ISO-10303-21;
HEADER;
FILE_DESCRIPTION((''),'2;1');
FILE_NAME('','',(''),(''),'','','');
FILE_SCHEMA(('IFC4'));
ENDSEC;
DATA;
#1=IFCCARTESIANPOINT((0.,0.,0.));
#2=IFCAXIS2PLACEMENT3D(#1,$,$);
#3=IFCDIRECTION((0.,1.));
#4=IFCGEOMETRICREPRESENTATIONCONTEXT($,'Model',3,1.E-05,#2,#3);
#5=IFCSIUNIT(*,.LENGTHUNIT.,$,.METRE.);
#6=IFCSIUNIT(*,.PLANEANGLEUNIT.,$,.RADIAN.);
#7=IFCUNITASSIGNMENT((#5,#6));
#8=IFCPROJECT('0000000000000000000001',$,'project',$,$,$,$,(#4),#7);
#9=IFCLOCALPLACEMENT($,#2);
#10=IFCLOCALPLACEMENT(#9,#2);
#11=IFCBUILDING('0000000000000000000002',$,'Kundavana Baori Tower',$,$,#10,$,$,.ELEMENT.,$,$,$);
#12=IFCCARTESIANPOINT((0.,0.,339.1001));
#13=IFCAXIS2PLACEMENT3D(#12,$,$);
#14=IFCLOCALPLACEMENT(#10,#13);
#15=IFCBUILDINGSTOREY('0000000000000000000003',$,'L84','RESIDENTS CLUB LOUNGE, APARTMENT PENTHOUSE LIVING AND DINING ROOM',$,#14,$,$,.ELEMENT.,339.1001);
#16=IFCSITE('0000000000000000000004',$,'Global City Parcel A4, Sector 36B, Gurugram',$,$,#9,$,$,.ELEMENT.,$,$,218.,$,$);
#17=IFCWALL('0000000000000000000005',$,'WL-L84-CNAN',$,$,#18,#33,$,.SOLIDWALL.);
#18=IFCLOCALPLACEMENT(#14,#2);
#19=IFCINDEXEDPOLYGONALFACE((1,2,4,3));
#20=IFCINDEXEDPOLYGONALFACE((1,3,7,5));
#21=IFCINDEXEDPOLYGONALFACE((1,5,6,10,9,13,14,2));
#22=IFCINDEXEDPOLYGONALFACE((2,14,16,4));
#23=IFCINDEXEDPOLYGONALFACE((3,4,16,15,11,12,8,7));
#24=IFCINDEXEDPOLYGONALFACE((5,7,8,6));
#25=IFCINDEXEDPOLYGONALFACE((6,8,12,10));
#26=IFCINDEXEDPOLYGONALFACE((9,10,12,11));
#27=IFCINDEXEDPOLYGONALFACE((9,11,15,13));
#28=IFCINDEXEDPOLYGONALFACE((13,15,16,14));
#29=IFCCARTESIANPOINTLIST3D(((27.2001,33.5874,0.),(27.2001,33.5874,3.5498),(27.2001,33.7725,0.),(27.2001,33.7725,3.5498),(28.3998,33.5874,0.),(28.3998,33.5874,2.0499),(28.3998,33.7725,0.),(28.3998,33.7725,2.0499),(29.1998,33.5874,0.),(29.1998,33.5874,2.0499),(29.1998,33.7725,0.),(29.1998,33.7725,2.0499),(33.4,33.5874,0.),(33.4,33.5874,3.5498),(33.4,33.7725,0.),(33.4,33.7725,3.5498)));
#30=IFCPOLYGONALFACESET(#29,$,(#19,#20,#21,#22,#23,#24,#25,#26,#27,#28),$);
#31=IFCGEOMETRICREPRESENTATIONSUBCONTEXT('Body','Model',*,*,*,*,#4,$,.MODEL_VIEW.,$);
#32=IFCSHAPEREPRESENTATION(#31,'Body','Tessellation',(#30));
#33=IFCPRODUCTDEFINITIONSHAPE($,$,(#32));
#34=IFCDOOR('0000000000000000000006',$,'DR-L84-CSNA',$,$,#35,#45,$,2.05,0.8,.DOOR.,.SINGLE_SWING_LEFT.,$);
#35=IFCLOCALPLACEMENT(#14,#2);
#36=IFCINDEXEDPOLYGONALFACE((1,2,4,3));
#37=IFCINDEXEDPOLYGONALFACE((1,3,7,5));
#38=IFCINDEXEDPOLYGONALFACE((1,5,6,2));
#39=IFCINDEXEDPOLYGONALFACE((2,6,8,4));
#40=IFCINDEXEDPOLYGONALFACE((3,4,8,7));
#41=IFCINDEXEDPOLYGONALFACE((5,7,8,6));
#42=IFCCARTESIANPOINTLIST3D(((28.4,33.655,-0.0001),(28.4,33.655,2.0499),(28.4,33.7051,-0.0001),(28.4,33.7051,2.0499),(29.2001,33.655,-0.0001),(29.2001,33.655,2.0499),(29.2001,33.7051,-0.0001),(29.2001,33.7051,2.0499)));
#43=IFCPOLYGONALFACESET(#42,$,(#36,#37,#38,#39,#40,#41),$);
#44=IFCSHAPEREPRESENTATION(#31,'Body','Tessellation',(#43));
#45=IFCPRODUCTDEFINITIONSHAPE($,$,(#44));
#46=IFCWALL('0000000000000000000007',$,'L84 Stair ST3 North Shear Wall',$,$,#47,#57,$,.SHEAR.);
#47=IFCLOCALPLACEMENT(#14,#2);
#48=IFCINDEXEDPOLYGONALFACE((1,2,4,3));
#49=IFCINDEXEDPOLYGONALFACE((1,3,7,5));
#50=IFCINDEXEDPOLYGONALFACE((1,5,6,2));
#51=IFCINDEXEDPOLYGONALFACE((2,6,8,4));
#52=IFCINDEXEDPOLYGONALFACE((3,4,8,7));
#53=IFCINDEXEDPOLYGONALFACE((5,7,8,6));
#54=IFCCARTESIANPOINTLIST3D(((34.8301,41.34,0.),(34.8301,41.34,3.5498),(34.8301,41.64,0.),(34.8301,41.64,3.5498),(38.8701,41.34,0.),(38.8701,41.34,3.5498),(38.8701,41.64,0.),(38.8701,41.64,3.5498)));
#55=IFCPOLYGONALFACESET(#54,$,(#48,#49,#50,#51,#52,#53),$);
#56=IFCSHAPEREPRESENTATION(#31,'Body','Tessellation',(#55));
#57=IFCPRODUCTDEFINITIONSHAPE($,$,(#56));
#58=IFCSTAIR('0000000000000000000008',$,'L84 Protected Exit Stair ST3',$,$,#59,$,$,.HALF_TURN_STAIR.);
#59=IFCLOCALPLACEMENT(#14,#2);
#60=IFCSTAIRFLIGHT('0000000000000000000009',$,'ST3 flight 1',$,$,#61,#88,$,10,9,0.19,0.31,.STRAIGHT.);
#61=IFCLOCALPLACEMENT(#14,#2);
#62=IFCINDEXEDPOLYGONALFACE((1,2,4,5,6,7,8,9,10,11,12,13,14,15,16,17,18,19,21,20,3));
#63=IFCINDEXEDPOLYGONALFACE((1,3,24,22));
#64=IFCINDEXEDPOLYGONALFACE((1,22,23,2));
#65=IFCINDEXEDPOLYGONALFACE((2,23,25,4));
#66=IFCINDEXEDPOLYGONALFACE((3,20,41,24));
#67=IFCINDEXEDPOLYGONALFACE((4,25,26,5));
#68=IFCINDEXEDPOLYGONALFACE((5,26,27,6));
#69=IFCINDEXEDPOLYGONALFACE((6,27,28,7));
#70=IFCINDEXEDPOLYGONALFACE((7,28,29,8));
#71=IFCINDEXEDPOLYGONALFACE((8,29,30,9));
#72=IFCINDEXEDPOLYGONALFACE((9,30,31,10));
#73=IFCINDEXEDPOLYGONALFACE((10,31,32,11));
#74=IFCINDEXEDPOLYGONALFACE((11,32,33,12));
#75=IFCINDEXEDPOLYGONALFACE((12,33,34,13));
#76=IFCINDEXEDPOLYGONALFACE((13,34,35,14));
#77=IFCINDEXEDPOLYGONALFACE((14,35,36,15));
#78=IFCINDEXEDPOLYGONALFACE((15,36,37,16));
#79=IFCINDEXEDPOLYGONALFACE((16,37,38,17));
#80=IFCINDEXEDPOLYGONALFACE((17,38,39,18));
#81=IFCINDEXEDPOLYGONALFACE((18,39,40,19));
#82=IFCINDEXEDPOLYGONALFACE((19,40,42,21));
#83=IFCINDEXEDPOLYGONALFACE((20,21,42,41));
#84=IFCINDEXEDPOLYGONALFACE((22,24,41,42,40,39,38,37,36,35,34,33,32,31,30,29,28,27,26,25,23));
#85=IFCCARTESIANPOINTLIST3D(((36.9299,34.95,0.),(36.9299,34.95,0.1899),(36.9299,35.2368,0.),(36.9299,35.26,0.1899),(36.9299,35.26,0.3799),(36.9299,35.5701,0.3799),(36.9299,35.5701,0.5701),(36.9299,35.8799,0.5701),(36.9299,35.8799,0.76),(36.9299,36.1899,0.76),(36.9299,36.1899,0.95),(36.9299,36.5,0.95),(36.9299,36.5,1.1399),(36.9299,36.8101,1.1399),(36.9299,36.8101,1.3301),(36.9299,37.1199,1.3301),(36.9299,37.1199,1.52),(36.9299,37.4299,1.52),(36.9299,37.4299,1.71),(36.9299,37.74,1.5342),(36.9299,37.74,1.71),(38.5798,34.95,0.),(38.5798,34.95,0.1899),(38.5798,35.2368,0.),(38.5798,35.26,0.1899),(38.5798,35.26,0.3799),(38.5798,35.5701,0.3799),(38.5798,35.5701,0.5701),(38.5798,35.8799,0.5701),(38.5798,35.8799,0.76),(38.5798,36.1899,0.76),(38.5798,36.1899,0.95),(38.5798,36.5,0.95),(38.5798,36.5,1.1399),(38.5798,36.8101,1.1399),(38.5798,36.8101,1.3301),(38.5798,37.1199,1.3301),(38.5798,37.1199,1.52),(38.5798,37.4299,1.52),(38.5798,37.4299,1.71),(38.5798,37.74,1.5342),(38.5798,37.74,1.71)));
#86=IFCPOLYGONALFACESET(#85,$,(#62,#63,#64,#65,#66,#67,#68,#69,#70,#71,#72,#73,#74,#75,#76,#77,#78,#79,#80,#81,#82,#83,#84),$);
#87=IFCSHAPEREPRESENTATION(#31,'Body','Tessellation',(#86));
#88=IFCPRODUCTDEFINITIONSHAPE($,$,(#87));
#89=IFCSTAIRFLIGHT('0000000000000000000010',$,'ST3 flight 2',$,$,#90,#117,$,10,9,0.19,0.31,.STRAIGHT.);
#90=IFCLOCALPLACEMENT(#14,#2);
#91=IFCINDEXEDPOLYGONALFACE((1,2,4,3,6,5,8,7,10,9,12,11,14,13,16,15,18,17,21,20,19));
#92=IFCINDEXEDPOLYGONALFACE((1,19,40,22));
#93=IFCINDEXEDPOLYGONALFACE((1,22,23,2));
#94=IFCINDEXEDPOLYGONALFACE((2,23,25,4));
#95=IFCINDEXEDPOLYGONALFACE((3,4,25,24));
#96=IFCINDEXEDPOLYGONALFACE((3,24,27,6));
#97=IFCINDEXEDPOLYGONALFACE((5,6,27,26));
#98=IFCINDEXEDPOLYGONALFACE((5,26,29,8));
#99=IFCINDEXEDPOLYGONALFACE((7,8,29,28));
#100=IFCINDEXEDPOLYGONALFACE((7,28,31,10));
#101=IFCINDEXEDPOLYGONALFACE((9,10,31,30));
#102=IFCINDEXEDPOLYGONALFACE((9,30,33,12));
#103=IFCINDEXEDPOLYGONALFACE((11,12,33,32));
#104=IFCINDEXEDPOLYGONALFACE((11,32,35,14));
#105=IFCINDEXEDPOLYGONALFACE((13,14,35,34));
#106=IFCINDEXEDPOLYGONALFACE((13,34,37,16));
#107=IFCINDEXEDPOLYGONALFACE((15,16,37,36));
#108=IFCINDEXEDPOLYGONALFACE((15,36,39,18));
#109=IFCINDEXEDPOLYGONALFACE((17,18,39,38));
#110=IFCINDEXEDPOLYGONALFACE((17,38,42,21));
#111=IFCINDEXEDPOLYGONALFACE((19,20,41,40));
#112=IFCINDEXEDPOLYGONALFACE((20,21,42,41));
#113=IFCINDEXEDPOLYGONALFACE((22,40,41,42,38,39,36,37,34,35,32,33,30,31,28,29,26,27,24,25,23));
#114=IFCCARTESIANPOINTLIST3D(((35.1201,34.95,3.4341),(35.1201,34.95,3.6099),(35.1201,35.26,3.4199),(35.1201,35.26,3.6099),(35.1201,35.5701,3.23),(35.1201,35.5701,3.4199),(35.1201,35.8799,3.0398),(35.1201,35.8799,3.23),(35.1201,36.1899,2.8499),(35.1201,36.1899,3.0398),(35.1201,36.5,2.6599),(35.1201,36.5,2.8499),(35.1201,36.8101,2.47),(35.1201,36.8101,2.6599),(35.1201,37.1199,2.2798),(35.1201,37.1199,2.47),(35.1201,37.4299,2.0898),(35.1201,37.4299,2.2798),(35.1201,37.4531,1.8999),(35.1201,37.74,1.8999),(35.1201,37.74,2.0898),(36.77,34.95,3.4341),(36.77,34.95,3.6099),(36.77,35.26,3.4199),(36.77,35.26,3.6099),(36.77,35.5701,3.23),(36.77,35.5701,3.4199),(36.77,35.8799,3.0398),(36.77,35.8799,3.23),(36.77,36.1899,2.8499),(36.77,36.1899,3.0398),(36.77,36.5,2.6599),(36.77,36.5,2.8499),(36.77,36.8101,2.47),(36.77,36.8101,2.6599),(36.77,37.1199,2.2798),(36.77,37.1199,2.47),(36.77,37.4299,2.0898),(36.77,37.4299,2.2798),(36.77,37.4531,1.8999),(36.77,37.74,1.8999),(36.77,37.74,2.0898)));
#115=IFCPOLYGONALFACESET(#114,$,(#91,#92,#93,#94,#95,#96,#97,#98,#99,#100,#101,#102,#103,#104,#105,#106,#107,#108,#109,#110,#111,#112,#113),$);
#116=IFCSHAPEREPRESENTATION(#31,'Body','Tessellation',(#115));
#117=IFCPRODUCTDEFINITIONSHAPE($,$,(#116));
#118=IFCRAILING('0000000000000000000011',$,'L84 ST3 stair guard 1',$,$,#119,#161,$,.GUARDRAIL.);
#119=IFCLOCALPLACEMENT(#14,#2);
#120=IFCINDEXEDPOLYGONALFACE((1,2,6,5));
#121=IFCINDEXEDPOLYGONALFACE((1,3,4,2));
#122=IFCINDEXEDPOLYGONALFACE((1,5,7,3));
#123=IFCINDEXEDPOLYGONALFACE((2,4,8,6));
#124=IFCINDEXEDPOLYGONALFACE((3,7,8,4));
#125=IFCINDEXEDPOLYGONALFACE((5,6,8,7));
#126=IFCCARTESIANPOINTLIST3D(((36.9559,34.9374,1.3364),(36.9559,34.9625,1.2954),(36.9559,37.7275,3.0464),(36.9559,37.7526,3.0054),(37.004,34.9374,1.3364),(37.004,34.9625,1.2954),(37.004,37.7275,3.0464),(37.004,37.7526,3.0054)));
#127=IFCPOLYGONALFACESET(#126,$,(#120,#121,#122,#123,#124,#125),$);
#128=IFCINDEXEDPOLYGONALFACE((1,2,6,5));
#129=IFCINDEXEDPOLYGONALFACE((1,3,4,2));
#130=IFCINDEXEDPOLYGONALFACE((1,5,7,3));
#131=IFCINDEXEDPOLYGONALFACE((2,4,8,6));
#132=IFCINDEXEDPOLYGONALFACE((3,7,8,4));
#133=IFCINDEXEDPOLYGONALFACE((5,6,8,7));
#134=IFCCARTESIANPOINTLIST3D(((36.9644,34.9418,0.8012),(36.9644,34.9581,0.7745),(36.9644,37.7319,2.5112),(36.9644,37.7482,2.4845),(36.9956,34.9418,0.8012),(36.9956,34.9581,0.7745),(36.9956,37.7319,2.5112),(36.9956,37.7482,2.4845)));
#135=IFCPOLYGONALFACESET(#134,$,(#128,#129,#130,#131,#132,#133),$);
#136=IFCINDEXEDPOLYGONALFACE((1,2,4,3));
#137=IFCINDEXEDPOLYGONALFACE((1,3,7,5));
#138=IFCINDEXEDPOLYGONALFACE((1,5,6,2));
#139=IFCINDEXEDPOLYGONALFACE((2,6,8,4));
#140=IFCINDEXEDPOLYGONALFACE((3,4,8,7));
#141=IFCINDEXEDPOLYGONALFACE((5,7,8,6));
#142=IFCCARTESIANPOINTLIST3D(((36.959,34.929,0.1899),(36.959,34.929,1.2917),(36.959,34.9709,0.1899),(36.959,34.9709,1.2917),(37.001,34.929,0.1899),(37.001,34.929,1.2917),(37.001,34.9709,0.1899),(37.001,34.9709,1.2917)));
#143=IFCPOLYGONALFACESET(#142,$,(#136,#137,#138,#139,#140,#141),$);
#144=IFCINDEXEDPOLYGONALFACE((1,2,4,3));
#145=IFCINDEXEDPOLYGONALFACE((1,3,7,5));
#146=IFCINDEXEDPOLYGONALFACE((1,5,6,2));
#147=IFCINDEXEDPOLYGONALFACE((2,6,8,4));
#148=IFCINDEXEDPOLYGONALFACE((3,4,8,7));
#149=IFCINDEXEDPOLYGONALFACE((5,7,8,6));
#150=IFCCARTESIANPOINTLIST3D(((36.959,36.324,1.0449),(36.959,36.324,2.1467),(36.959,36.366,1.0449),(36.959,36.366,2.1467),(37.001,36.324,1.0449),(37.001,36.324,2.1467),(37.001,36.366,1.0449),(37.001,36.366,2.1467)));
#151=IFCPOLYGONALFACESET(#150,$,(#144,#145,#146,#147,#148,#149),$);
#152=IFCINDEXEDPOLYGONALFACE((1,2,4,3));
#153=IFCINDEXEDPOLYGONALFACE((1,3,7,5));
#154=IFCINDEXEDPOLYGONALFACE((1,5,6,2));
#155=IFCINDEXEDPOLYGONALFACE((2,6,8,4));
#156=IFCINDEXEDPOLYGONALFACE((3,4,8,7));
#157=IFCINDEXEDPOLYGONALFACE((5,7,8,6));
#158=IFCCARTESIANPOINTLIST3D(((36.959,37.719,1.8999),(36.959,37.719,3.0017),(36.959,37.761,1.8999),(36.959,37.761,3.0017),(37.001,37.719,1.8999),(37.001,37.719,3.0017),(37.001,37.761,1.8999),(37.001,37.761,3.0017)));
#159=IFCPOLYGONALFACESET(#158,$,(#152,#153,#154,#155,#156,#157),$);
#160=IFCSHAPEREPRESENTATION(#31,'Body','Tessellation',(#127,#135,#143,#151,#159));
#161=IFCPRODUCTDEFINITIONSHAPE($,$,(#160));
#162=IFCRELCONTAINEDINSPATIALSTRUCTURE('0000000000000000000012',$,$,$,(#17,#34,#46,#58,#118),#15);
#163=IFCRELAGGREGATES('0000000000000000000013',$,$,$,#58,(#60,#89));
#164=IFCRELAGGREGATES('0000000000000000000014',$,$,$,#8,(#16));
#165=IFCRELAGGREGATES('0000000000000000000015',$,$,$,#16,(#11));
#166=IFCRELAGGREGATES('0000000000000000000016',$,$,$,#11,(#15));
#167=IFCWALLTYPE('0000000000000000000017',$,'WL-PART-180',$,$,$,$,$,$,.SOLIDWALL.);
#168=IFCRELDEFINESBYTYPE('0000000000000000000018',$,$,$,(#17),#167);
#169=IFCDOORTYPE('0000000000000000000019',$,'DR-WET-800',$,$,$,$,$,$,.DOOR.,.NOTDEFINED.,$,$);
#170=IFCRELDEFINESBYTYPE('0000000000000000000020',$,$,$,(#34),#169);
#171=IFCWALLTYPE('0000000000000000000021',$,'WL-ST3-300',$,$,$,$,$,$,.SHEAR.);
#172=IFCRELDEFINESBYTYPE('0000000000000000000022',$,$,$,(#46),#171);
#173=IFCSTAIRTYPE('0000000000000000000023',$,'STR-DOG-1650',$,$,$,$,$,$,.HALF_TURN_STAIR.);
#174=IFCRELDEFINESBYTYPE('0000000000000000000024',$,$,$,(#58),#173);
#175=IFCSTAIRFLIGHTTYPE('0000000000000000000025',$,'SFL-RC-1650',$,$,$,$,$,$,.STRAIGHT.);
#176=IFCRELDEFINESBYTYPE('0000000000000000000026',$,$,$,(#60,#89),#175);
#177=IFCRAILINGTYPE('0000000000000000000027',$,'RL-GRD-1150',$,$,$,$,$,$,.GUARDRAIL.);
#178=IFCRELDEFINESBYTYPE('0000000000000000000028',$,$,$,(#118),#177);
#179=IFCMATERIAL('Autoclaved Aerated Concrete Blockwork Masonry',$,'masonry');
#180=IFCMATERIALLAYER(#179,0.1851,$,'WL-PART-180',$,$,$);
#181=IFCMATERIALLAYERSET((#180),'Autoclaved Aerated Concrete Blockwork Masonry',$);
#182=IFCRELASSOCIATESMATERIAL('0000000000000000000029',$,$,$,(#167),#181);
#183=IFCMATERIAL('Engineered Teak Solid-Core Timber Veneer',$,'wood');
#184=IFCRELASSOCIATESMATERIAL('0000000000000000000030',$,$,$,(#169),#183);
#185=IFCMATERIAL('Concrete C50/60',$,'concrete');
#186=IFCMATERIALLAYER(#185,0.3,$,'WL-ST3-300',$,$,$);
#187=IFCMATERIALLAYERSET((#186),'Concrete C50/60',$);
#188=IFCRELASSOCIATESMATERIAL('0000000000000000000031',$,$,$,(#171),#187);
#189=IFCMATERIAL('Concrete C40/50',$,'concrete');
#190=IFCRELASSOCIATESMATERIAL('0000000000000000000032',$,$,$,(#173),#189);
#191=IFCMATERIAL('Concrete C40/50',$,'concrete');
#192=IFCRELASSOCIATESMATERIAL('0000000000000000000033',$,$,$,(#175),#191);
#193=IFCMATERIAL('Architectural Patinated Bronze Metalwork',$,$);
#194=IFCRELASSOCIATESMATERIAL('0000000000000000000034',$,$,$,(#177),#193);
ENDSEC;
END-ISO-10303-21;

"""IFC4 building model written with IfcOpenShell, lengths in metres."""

from ifc_helpers import new_model, si_unit, direction, frame, frame_2d, origin, origin_2d, place, context, subcontext, project, spatial, polyline, rectangle, outline, extrude, material, layer, layer_set, type_object, element, fill, aggregate, save


model = new_model("IFC4")

# Units and contexts
model_context = context("Model", 3, precision=1e-05, world=origin(), true_north=direction((0.0, 1.0)))
body_context = subcontext(model_context, "Body", "Model", "MODEL_VIEW")
ifc_project = project(units=[si_unit("LENGTHUNIT", "METRE"), si_unit("PLANEANGLEUNIT", "RADIAN")], contexts=[model_context])

# Site, building, storey
site_placement = place(None, origin())
site = spatial("IfcSite", under=ifc_project, at=site_placement, Name="Global City Parcel A4, Sector 36B, Gurugram", CompositionType="ELEMENT", RefElevation=218.0)
building_placement = place(site_placement, origin())
building = spatial("IfcBuilding", under=site, at=building_placement, Name="Kundavana Baori Tower", CompositionType="ELEMENT")
storey_placement = place(building_placement, frame((0.0, 0.0, 339.1001)))
storey = spatial("IfcBuildingStorey", under=building, at=storey_placement, Name="L84", Description="RESIDENTS CLUB LOUNGE, APARTMENT PENTHOUSE LIVING AND DINING ROOM", CompositionType="ELEMENT", Elevation=339.1001)

# Shared definitions
ifc_material_1 = material(Name="Autoclaved Aerated Concrete Blockwork Masonry", Category="masonry")
ifc_layer_1 = layer(ifc_material_1, 0.1851, Name="WL-PART-180")
ifc_layer_set_1 = layer_set([ifc_layer_1], Name="Autoclaved Aerated Concrete Blockwork Masonry")
wall_type_1 = type_object("IfcWallType", Name="WL-PART-180", PredefinedType="SOLIDWALL", material=ifc_layer_set_1)

# Shared definitions
ifc_material_2 = material(Name="Engineered Teak Solid-Core Timber Veneer", Category="wood")
door_type_1 = type_object("IfcDoorType", Name="DR-WET-800", OperationType="NOTDEFINED", PredefinedType="DOOR", material=ifc_material_2)

# Wall, opening, door
wall_1_placement = place(storey_placement, frame((27.2, 33.6799, 0.0), z_axis=(0.0, 0.0, 1.0), x_axis=(1.0, 0.0, 0.0)))
wall_1 = element("IfcWall", 1, at=wall_1_placement, inside=storey, type_object=wall_type_1, Name="WL-L84-CNAN", PredefinedType="SOLIDWALL", context=body_context, shape_type="SweptSolid", body=[
    extrude(rectangle(XDim=6.2, YDim=0.1851, at=frame_2d((3.1001, 0.0))), origin(), (0.0, 0.0, 1.0), 3.5498),
])
opening_1_placement = place(wall_1_placement, frame((1.2, 0.0, 0.0)))
opening_1 = element("IfcOpeningElement", 2, at=opening_1_placement, cuts=wall_1, PredefinedType="OPENING", context=body_context, shape_type="SweptSolid", body=[
    extrude(rectangle(XDim=0.8, YDim=2.05, at=frame_2d((0.3999, 1.0249))), frame((0.0, 0.1025, 0.0), z_axis=(0.0, -1.0, 0.0), x_axis=(1.0, 0.0, 0.0)), (0.0, 0.0, 1.0), 0.2051),
])
door_1_placement = place(opening_1_placement, frame((0.8, 0.0, 0.0), z_axis=(0.0, 0.0, 1.0), x_axis=(-1.0, 0.0, 0.0)))
door_1 = element("IfcDoor", 3, at=door_1_placement, inside=storey, type_object=door_type_1, Name="DR-L84-CSNA", OperationType="SINGLE_SWING_LEFT", OverallHeight=2.05, OverallWidth=0.8, PredefinedType="DOOR", context=body_context, shape_type="SweptSolid", body=[
    extrude(rectangle(XDim=0.8, YDim=2.05, at=frame_2d((0.3999, 1.0249))), frame((0.0, 0.0249, 0.0), z_axis=(0.0, -1.0, 0.0), x_axis=(1.0, 0.0, 0.0)), (0.0, 0.0, 1.0), 0.05),
])
fill(opening_1, door_1)

# Wall
ifc_material_3 = material(Name="Concrete C50/60", Category="concrete")
ifc_layer_2 = layer(ifc_material_3, 0.3, Name="WL-ST3-300")
ifc_layer_set_2 = layer_set([ifc_layer_2], Name="Concrete C50/60")
wall_type_2 = type_object("IfcWallType", Name="WL-ST3-300", PredefinedType="SHEAR", material=ifc_layer_set_2)
wall_2_placement = place(storey_placement, frame((34.8301, 41.49, 0.0), z_axis=(0.0, 0.0, 1.0), x_axis=(1.0, 0.0, 0.0)))
element("IfcWall", 4, at=wall_2_placement, inside=storey, type_object=wall_type_2, Name="L84 Stair ST3 North Shear Wall", PredefinedType="SHEAR", context=body_context, shape_type="SweptSolid", body=[
    extrude(rectangle(XDim=4.04, YDim=0.3, at=frame_2d((2.02, 0.0))), origin(), (0.0, 0.0, 1.0), 3.5498),
])

# Stair, stair flights
ifc_material_4 = material(Name="Concrete C40/50", Category="concrete")
stair_type = type_object("IfcStairType", Name="STR-DOG-1650", PredefinedType="HALF_TURN_STAIR", material=ifc_material_4)
stair_placement = place(storey_placement, origin())
stair = element("IfcStair", 5, at=stair_placement, inside=storey, type_object=stair_type, Name="L84 Protected Exit Stair ST3", PredefinedType="HALF_TURN_STAIR")
ifc_material_5 = material(Name="Concrete C40/50", Category="concrete")
stair_flight_type = type_object("IfcStairFlightType", Name="SFL-RC-1650", PredefinedType="STRAIGHT", material=ifc_material_5)
stair_flight_1_placement = place(storey_placement, frame((37.7549, 34.95, 0.0), z_axis=(0.0, 0.0, 1.0), x_axis=(0.0, 1.0, 0.0)))
stair_flight_1 = element("IfcStairFlight", 6, at=stair_flight_1_placement, type_object=stair_flight_type, Name="ST3 flight 1", NumberOfRisers=10, NumberOfTreads=9, PredefinedType="STRAIGHT", RiserHeight=0.19, TreadLength=0.31, context=body_context, shape_type="SweptSolid", body=[
    extrude(outline(polyline([(0.0, 0.0), (0.0, 0.1899), (0.3101, 0.1899), (0.3101, 0.3799), (0.6201, 0.3799), (0.6201, 0.5701), (0.9299, 0.5701), (0.9299, 0.76), (1.24, 0.76), (1.24, 0.95), (1.55, 0.95), (1.55, 1.1399), (1.8601, 1.1399), (1.8601, 1.3301), (2.1699, 1.3301), (2.1699, 1.52), (2.48, 1.52), (2.48, 1.71), (2.79, 1.71), (2.79, 1.8999), (2.79, 1.5342), (0.2869, 0.0), (0.0, 0.0)])), frame((0.0, 0.825, 0.0), z_axis=(0.0, -1.0, 0.0), x_axis=(1.0, 0.0, 0.0)), (0.0, 0.0, 1.0), 1.6499),
])
stair_flight_2_placement = place(storey_placement, frame((35.9451, 37.74, 1.8999), z_axis=(0.0, 0.0, 1.0), x_axis=(0.0, -1.0, 0.0)))
stair_flight_2 = element("IfcStairFlight", 7, at=stair_flight_2_placement, type_object=stair_flight_type, Name="ST3 flight 2", NumberOfRisers=10, NumberOfTreads=9, PredefinedType="STRAIGHT", RiserHeight=0.19, TreadLength=0.31, context=body_context, shape_type="SweptSolid", body=[
    extrude(outline(polyline([(0.0, 0.0), (0.0, 0.1899), (0.3101, 0.1899), (0.3101, 0.3799), (0.6201, 0.3799), (0.6201, 0.5701), (0.9299, 0.5701), (0.9299, 0.76), (1.24, 0.76), (1.24, 0.95), (1.55, 0.95), (1.55, 1.1399), (1.8601, 1.1399), (1.8601, 1.3301), (2.1699, 1.3301), (2.1699, 1.52), (2.48, 1.52), (2.48, 1.71), (2.79, 1.71), (2.79, 1.8999), (2.79, 1.5342), (0.2869, 0.0), (0.0, 0.0)])), frame((0.0, 0.825, 0.0), z_axis=(0.0, -1.0, 0.0), x_axis=(1.0, 0.0, 0.0)), (0.0, 0.0, 1.0), 1.6499),
])
aggregate(stair, [stair_flight_1, stair_flight_2])

# Railing
ifc_material_6 = material(Name="Architectural Patinated Bronze Metalwork")
railing_type_1 = type_object("IfcRailingType", Name="RL-GRD-1150", PredefinedType="GUARDRAIL", material=ifc_material_6)
railing_1_placement = place(storey_placement, frame((36.98, 34.95, 0.1899)))
element("IfcRailing", 8, at=railing_1_placement, inside=storey, type_object=railing_type_1, Name="L84 ST3 stair guard 1", PredefinedType="GUARDRAIL", context=body_context, shape_type="SweptSolid", body=[
    extrude(rectangle(XDim=0.0481, YDim=0.0481, at=origin_2d()), frame((0.0, 0.0, 1.126), z_axis=(0.0, 0.85261, 0.522548), x_axis=(-1.0, 0.0, 0.0)), (0.0, 0.0, 1.0), 3.2725),
    extrude(rectangle(XDim=0.0312, YDim=0.0312, at=origin_2d()), frame((0.0, 0.0, 0.5979), z_axis=(0.0, 0.85261, 0.522548), x_axis=(-1.0, 0.0, 0.0)), (0.0, 0.0, 1.0), 3.2725),
    extrude(rectangle(XDim=0.042, YDim=0.042, at=origin_2d()), origin(), (0.0, 0.0, 1.0), 1.1018),
    extrude(rectangle(XDim=0.042, YDim=0.042, at=origin_2d()), frame((0.0, 1.395, 0.855)), (0.0, 0.0, 1.0), 1.1018),
    extrude(rectangle(XDim=0.042, YDim=0.042, at=origin_2d()), frame((0.0, 2.79, 1.71)), (0.0, 0.0, 1.0), 1.1018),
])

save(model, "model.ifc")
